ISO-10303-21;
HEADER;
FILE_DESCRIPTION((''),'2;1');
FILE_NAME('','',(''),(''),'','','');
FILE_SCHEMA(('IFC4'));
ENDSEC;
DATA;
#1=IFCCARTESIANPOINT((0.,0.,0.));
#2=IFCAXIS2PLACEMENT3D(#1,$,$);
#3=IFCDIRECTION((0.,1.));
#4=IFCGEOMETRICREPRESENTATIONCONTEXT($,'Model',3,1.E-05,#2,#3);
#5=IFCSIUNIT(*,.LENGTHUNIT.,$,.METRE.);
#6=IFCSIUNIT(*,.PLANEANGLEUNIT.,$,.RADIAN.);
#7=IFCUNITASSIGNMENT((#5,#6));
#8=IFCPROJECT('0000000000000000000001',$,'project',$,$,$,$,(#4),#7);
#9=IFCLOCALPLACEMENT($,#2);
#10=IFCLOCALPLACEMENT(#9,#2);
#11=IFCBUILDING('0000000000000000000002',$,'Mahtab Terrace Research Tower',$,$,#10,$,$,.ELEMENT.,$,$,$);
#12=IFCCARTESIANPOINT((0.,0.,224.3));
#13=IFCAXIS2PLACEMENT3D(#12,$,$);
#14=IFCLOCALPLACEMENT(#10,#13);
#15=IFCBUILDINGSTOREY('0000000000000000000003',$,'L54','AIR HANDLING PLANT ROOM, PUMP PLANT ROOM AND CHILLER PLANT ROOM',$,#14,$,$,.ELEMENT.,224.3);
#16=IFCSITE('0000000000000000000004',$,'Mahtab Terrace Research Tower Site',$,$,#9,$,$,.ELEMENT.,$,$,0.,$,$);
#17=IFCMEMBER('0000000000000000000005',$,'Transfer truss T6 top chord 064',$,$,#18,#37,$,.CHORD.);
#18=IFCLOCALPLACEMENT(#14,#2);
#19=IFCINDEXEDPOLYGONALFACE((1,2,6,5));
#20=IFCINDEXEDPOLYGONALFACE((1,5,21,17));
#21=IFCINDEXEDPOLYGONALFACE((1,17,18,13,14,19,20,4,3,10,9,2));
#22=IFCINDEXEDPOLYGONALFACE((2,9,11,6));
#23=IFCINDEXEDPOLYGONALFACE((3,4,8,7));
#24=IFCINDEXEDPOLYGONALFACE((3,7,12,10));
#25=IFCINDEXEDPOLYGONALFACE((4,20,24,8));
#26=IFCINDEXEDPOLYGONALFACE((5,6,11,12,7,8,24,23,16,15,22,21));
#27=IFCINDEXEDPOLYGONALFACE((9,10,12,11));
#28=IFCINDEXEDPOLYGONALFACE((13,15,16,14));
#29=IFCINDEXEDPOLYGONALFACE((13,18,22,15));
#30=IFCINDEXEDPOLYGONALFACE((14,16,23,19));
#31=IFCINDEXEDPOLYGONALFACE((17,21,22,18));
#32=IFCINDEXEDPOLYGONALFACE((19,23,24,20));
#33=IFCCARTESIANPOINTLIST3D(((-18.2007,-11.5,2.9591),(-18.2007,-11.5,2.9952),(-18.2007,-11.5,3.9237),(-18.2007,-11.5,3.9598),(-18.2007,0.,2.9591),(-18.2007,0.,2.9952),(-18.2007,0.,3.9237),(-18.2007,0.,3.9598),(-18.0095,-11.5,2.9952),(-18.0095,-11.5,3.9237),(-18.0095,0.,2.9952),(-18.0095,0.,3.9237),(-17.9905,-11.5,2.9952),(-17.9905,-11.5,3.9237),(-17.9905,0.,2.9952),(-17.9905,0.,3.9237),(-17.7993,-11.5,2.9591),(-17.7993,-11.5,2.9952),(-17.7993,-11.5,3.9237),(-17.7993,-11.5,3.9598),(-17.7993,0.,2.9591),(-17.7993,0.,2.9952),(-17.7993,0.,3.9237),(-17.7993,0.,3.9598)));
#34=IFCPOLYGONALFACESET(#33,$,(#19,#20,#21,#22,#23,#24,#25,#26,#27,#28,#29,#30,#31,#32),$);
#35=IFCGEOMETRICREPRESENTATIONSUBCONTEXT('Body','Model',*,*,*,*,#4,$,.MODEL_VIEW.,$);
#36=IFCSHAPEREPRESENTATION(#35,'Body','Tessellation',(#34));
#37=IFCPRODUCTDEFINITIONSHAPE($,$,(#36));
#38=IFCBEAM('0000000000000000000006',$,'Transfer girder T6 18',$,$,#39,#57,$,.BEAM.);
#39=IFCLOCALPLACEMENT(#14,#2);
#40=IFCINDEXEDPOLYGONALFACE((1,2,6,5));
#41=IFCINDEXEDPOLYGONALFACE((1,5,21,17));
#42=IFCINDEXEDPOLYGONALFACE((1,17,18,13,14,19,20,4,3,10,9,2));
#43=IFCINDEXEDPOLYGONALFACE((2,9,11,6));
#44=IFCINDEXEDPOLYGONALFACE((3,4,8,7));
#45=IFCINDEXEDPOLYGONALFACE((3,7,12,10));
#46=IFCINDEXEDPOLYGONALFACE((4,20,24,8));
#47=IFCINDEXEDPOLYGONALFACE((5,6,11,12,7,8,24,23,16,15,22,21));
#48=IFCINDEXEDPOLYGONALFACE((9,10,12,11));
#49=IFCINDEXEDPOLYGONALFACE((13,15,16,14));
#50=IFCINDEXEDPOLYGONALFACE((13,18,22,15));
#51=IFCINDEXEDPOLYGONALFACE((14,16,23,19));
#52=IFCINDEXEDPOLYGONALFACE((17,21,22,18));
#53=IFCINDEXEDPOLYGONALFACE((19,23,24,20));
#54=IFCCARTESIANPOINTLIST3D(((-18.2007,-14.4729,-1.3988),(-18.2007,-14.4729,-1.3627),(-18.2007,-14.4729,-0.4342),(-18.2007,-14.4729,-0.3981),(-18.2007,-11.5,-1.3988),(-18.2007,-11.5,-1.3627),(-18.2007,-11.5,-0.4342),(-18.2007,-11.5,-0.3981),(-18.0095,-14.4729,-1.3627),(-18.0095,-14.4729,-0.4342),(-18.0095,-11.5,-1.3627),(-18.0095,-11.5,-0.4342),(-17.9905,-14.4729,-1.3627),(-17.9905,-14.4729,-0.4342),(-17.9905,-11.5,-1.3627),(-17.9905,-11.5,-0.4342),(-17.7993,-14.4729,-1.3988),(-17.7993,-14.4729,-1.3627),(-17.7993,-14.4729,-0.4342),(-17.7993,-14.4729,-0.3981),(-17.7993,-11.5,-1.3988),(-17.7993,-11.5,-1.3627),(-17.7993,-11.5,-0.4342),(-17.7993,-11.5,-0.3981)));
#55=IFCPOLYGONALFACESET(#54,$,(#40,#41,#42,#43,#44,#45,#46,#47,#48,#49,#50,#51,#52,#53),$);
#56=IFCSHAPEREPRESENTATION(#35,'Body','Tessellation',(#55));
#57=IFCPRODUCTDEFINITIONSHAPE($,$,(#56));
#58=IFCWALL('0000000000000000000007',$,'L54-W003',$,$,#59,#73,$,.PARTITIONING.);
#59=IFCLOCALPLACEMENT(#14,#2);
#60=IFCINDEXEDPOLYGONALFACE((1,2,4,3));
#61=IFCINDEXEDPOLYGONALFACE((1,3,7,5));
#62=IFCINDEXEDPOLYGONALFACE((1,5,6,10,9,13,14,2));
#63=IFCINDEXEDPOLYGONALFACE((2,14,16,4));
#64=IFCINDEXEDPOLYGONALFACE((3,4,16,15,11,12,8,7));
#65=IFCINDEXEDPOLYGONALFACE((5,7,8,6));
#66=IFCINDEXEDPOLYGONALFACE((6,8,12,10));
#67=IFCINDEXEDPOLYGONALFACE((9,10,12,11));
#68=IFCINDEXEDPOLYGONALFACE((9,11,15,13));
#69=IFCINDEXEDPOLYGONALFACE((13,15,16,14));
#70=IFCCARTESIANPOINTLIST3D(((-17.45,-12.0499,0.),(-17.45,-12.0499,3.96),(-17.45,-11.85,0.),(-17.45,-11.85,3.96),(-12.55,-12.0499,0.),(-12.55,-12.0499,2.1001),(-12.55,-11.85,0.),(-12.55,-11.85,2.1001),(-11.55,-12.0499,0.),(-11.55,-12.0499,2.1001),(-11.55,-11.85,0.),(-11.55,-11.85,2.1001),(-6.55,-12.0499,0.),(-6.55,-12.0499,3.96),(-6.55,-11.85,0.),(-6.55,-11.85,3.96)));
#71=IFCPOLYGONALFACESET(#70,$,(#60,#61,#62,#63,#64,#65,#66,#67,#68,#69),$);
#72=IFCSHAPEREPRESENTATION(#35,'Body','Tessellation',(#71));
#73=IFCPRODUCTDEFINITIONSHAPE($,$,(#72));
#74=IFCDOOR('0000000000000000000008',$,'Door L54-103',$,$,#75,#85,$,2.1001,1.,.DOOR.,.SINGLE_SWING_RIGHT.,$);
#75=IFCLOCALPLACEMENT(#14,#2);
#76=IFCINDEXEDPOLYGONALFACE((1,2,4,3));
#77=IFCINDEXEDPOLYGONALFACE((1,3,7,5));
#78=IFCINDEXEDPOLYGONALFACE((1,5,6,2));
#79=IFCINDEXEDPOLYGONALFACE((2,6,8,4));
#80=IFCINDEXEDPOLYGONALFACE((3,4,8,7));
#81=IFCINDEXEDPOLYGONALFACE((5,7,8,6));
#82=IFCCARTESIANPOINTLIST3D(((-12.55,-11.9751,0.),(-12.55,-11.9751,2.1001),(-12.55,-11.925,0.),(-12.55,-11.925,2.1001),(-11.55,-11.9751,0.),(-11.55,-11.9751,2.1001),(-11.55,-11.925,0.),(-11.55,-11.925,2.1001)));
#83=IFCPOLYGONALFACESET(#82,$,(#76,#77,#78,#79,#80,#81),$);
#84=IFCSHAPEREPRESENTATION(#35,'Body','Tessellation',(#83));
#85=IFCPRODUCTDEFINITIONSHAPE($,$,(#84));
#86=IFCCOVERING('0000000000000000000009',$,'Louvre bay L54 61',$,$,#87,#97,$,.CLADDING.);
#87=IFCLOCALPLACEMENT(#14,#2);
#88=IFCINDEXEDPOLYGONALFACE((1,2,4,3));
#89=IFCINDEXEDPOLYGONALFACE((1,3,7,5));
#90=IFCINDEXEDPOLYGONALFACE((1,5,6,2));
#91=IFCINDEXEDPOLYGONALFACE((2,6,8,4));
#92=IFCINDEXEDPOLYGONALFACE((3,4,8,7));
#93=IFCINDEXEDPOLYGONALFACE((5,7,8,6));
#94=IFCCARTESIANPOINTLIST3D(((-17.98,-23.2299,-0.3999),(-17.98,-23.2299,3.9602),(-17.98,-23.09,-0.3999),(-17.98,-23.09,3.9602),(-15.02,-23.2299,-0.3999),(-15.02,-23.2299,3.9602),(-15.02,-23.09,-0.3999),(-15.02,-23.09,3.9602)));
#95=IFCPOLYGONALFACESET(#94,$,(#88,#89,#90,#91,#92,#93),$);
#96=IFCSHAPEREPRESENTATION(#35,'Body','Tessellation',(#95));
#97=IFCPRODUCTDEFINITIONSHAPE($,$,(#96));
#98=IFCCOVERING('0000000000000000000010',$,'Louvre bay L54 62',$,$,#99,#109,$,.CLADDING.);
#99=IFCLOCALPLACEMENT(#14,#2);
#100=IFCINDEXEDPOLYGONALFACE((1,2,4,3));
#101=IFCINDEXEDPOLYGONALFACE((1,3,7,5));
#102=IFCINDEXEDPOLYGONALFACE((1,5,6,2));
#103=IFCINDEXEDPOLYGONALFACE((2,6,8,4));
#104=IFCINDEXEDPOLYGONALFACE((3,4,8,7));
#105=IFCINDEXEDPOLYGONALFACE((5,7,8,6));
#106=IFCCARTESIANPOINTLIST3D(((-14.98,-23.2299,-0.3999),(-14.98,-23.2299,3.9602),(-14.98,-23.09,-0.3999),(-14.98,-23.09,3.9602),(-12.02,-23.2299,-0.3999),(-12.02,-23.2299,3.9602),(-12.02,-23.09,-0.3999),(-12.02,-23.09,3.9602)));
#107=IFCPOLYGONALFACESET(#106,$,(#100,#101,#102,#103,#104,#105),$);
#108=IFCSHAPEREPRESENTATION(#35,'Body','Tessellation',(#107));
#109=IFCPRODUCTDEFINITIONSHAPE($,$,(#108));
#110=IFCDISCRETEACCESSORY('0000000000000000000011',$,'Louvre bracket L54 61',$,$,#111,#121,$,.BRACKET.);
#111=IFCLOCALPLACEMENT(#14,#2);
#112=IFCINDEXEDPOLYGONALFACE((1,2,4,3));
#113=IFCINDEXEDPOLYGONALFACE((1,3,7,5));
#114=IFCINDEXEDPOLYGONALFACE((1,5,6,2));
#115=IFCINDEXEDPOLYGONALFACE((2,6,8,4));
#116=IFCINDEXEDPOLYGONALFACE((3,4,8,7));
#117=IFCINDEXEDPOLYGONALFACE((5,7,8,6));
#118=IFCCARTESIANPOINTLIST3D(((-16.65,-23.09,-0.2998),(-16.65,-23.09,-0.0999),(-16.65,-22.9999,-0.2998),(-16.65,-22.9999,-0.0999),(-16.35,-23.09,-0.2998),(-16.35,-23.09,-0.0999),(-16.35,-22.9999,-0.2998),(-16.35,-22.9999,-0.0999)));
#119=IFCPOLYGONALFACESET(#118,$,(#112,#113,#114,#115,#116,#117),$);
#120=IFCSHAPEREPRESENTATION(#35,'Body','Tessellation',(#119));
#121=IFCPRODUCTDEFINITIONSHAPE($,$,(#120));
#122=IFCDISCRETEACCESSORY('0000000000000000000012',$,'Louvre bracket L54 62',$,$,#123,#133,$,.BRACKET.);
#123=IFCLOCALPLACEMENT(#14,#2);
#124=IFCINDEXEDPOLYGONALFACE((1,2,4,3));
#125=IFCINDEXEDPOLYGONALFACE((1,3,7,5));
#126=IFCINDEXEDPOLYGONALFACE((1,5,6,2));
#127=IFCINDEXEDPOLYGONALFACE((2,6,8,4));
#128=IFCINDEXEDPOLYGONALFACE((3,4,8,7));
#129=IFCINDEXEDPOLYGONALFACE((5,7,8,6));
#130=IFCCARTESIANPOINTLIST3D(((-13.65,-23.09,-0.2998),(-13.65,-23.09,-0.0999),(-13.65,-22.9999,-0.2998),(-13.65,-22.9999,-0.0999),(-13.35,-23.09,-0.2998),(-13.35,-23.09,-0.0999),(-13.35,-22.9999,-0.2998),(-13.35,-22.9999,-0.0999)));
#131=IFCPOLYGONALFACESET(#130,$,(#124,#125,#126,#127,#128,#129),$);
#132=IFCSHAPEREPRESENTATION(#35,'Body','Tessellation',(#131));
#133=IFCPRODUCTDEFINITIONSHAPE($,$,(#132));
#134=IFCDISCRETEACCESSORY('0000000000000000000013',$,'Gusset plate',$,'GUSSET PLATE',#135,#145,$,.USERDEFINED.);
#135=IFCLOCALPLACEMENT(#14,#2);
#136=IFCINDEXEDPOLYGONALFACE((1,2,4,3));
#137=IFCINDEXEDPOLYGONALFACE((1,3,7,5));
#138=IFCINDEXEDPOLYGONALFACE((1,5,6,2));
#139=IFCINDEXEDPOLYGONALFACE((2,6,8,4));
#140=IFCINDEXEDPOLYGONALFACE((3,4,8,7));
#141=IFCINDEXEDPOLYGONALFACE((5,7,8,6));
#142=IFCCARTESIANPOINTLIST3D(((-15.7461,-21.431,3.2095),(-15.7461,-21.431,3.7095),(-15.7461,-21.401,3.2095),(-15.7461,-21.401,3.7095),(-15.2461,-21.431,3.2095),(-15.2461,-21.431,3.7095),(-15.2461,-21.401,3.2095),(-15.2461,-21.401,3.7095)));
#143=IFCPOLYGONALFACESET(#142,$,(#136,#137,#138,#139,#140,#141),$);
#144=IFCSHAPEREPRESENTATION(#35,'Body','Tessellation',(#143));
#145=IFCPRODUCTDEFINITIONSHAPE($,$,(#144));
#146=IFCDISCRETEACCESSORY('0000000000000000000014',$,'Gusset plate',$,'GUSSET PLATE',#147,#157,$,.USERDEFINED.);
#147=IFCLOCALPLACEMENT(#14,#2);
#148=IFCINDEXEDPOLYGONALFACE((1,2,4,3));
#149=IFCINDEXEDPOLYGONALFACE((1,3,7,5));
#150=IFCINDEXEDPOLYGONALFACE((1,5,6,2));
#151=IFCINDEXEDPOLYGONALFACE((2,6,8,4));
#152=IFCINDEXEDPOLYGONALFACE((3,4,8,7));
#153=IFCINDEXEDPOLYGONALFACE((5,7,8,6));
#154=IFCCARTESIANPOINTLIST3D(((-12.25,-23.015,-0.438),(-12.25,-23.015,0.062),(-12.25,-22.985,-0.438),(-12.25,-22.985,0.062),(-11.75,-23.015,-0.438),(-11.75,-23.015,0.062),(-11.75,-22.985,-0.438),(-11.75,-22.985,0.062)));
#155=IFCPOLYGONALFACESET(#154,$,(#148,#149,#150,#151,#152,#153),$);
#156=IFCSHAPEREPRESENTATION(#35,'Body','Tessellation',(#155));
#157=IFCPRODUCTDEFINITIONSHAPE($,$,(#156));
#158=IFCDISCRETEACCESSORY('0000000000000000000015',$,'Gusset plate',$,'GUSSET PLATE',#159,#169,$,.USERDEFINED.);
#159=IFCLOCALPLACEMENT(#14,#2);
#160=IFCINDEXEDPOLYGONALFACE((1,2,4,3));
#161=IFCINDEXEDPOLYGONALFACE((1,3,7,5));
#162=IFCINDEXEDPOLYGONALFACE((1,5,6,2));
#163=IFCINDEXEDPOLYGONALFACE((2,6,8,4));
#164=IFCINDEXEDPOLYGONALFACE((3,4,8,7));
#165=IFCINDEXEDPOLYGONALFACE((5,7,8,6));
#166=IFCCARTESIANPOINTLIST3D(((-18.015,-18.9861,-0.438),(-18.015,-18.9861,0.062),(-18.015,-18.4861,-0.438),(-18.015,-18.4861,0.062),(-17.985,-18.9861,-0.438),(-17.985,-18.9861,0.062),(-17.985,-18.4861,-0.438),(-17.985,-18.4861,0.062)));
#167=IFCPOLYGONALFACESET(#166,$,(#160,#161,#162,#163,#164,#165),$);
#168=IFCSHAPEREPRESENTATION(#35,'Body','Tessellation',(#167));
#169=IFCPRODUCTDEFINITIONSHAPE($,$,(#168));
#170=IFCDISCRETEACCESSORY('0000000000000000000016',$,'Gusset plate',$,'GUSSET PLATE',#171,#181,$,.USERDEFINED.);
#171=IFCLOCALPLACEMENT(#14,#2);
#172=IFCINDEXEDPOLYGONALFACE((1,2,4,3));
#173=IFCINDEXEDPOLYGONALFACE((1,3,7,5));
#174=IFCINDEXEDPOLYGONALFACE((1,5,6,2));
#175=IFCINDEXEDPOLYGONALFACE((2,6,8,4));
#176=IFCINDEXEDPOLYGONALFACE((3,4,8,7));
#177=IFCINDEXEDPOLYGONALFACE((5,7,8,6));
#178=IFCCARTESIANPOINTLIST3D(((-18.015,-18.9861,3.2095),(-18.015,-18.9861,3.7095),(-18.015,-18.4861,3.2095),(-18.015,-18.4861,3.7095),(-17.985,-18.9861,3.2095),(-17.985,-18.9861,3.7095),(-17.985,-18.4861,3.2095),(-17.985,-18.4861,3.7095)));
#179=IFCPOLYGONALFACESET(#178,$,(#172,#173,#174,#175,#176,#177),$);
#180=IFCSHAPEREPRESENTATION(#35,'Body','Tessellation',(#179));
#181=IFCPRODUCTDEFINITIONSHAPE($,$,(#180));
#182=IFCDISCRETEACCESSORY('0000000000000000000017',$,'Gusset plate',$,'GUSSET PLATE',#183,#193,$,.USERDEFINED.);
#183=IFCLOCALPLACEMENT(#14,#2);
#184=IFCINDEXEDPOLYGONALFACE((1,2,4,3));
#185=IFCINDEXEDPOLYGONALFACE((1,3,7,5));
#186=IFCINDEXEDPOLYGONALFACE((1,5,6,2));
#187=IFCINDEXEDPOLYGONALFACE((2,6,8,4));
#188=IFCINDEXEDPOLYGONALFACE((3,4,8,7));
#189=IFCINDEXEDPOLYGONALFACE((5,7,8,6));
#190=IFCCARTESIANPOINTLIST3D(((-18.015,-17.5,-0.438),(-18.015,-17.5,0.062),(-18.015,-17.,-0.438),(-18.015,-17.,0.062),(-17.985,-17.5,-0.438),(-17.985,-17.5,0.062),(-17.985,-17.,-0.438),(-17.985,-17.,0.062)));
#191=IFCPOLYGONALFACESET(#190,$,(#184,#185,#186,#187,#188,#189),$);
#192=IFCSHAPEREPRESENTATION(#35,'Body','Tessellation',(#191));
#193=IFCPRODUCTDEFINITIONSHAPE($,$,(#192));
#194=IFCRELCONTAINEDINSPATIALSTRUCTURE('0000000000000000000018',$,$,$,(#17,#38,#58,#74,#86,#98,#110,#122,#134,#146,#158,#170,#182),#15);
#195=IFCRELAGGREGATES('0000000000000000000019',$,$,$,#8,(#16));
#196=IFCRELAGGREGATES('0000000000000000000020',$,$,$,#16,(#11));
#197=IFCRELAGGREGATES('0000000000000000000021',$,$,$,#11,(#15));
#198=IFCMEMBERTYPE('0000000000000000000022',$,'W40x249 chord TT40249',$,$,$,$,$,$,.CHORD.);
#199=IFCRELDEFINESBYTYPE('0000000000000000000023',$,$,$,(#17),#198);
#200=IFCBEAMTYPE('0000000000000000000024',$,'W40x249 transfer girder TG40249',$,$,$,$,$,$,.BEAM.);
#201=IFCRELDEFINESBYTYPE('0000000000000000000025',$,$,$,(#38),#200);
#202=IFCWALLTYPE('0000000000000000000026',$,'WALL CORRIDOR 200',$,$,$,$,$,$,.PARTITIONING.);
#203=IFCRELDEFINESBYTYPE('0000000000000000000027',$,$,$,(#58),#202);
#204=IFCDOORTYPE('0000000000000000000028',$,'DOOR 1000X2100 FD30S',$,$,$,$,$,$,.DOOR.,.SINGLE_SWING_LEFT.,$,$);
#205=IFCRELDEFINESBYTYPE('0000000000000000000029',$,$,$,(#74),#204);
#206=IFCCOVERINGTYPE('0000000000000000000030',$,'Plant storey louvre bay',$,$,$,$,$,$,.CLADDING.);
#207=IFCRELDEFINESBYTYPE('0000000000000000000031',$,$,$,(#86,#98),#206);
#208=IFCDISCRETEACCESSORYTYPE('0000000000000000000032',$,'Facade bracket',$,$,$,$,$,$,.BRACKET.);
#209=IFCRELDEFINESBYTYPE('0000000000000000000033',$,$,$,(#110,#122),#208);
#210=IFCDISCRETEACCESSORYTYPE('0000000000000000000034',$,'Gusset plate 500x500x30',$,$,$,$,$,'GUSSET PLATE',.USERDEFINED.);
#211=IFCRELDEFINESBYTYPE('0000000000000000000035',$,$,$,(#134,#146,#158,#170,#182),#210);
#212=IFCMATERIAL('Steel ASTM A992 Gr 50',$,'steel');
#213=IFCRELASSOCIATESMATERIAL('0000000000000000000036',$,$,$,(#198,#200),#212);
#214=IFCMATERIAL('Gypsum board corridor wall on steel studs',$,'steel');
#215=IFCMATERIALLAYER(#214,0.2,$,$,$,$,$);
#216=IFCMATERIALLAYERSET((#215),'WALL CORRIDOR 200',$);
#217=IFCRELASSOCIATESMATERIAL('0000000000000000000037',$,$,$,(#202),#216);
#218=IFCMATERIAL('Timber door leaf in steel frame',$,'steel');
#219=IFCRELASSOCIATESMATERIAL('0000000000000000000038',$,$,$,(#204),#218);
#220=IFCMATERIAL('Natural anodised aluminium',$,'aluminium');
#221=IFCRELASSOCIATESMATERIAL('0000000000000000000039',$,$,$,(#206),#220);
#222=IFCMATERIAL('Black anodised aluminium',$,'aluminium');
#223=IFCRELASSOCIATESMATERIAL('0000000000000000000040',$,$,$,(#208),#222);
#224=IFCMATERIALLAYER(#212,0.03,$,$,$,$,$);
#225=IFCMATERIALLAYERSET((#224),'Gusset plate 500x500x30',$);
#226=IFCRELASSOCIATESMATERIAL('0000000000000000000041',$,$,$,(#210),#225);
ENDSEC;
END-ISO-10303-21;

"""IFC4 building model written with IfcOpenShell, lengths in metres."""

from ifc_helpers import new_model, si_unit, direction, frame, frame_2d, origin, origin_2d, place, context, subcontext, project, spatial, rectangle, i_section, extrude, material, layer, layer_set, material_profile, profile_set, type_object, element, fill, save


model = new_model("IFC4")

# Units and contexts
model_context = context("Model", 3, precision=1e-05, world=origin(), true_north=direction((0.0, 1.0)))
body_context = subcontext(model_context, "Body", "Model", "MODEL_VIEW")
ifc_project = project(units=[si_unit("LENGTHUNIT", "METRE"), si_unit("PLANEANGLEUNIT", "RADIAN")], contexts=[model_context])

# Site, building, storey
site_placement = place(None, origin())
site = spatial("IfcSite", under=ifc_project, at=site_placement, Name="Mahtab Terrace Research Tower Site", CompositionType="ELEMENT", RefElevation=0.0)
building_placement = place(site_placement, origin())
building = spatial("IfcBuilding", under=site, at=building_placement, Name="Mahtab Terrace Research Tower", CompositionType="ELEMENT")
storey_placement = place(building_placement, frame((0.0, 0.0, 224.3)))
storey = spatial("IfcBuildingStorey", under=building, at=storey_placement, Name="L54", Description="AIR HANDLING PLANT ROOM, PUMP PLANT ROOM AND CHILLER PLANT ROOM", CompositionType="ELEMENT", Elevation=224.3)

# Shared definitions
ifc_material_1 = material(Name="Steel ASTM A992 Gr 50", Category="steel")

# Member
ifc_material_profile_1 = material_profile(ifc_material_1, i_section(OverallWidth=0.4014, OverallDepth=1.0007, WebThickness=0.019, FlangeThickness=0.0361, at=origin_2d()), Name="W40X249")
ifc_profile_set_1 = profile_set([ifc_material_profile_1], Name="Steel ASTM A992 Gr 50")
member_type_1 = type_object("IfcMemberType", Name="W40x249 chord TT40249", PredefinedType="CHORD", material=ifc_profile_set_1)
member_1_placement = place(storey_placement, frame((-18.0, -11.5, 3.4595), z_axis=(0.0, 1.0, 0.0), x_axis=(-1.0, 0.0, 0.0)))
element("IfcMember", 1, at=member_1_placement, inside=storey, type_object=member_type_1, Name="Transfer truss T6 top chord 064", PredefinedType="CHORD", context=body_context, shape_type="SweptSolid", body=[
    extrude(i_section(OverallWidth=0.4014, OverallDepth=1.0007, WebThickness=0.019, FlangeThickness=0.0361, at=origin_2d()), origin(), (0.0, 0.0, 1.0), 11.5),
])

# Beam
ifc_material_profile_2 = material_profile(ifc_material_1, i_section(OverallWidth=0.4014, OverallDepth=1.0007, WebThickness=0.019, FlangeThickness=0.0361, at=origin_2d()), Name="W40X249")
ifc_profile_set_2 = profile_set([ifc_material_profile_2], Name="Steel ASTM A992 Gr 50")
beam_type = type_object("IfcBeamType", Name="W40x249 transfer girder TG40249", PredefinedType="BEAM", material=ifc_profile_set_2)
beam_placement = place(storey_placement, frame((-18.0, -14.4729, -0.8984), z_axis=(0.0, 1.0, 0.0), x_axis=(-1.0, 0.0, 0.0)))
element("IfcBeam", 2, at=beam_placement, inside=storey, type_object=beam_type, Name="Transfer girder T6 18", PredefinedType="BEAM", context=body_context, shape_type="SweptSolid", body=[
    extrude(i_section(OverallWidth=0.4014, OverallDepth=1.0007, WebThickness=0.019, FlangeThickness=0.0361, at=origin_2d()), origin(), (0.0, 0.0, 1.0), 2.9729),
])

# Wall, opening, door
ifc_material_2 = material(Name="Gypsum board corridor wall on steel studs", Category="steel")
ifc_layer_1 = layer(ifc_material_2, 0.2)
ifc_layer_set_1 = layer_set([ifc_layer_1], Name="WALL CORRIDOR 200")
wall_type = type_object("IfcWallType", Name="WALL CORRIDOR 200", PredefinedType="PARTITIONING", material=ifc_layer_set_1)
wall_placement = place(storey_placement, frame((-17.45, -11.95, 0.0), z_axis=(0.0, 0.0, 1.0), x_axis=(1.0, 0.0, 0.0)))
wall = element("IfcWall", 3, at=wall_placement, inside=storey, type_object=wall_type, Name="L54-W003", PredefinedType="PARTITIONING", context=body_context, shape_type="SweptSolid", body=[
    extrude(rectangle(XDim=10.8999, YDim=0.2, at=frame_2d((5.45, 0.0))), origin(), (0.0, 0.0, 1.0), 3.96),
])
opening_placement = place(wall_placement, frame((4.8999, 0.0, 0.0)))
opening = element("IfcOpeningElement", 4, at=opening_placement, cuts=wall, PredefinedType="OPENING", context=body_context, shape_type="SweptSolid", body=[
    extrude(rectangle(XDim=1.0, YDim=2.1001, at=frame_2d((0.5, 1.05))), frame((0.0, 0.1099, 0.0), z_axis=(0.0, -1.0, 0.0), x_axis=(1.0, 0.0, 0.0)), (0.0, 0.0, 1.0), 0.22),
])
ifc_material_3 = material(Name="Timber door leaf in steel frame", Category="steel")
door_type = type_object("IfcDoorType", Name="DOOR 1000X2100 FD30S", OperationType="SINGLE_SWING_LEFT", PredefinedType="DOOR", material=ifc_material_3)
door_placement = place(opening_placement, origin())
door = element("IfcDoor", 5, at=door_placement, inside=storey, type_object=door_type, Name="Door L54-103", OperationType="SINGLE_SWING_RIGHT", OverallHeight=2.1001, OverallWidth=1.0, PredefinedType="DOOR", context=body_context, shape_type="SweptSolid", body=[
    extrude(rectangle(XDim=1.0, YDim=2.1001, at=frame_2d((0.5, 1.05))), frame((0.0, 0.0249, 0.0), z_axis=(0.0, -1.0, 0.0), x_axis=(1.0, 0.0, 0.0)), (0.0, 0.0, 1.0), 0.05),
])
fill(opening, door)

# Coverings
ifc_material_4 = material(Name="Natural anodised aluminium", Category="aluminium")
covering_type = type_object("IfcCoveringType", Name="Plant storey louvre bay", PredefinedType="CLADDING", material=ifc_material_4)
for number, where, z_axis, x_axis, name in (
    (6, (-16.5, -23.1599, -0.3999), (0.0, 0.0, 1.0), (1.0, 0.0, 0.0), "Louvre bay L54 61"),
    (7, (-13.5, -23.1599, -0.3999), (0.0, 0.0, 1.0), (1.0, 0.0, 0.0), "Louvre bay L54 62"),
):
    element("IfcCovering", number, at=place(storey_placement, frame(where, z_axis=z_axis, x_axis=x_axis)), inside=storey, type_object=covering_type, Name=name, PredefinedType="CLADDING", context=body_context, shape_type="SweptSolid", body=[
        extrude(rectangle(XDim=2.96, YDim=0.1399, at=origin_2d()), origin(), (0.0, 0.0, 1.0), 4.3601),
    ])

# Discrete accessories
ifc_material_5 = material(Name="Black anodised aluminium", Category="aluminium")
discrete_accessory_type_1 = type_object("IfcDiscreteAccessoryType", Name="Facade bracket", PredefinedType="BRACKET", material=ifc_material_5)
for number, where, z_axis, x_axis, name in (
    (8, (-16.5, -23.0449, -0.2998), (0.0, 0.0, 1.0), (1.0, 0.0, 0.0), "Louvre bracket L54 61"),
    (9, (-13.5, -23.0449, -0.2998), (0.0, 0.0, 1.0), (1.0, 0.0, 0.0), "Louvre bracket L54 62"),
):
    element("IfcDiscreteAccessory", number, at=place(storey_placement, frame(where, z_axis=z_axis, x_axis=x_axis)), inside=storey, type_object=discrete_accessory_type_1, Name=name, PredefinedType="BRACKET", context=body_context, shape_type="SweptSolid", body=[
        extrude(rectangle(XDim=0.3, YDim=0.0901, at=origin_2d()), origin(), (0.0, 0.0, 1.0), 0.2),
    ])
ifc_layer_2 = layer(ifc_material_1, 0.03)
ifc_layer_set_2 = layer_set([ifc_layer_2], Name="Gusset plate 500x500x30")
discrete_accessory_type_2 = type_object("IfcDiscreteAccessoryType", Name="Gusset plate 500x500x30", ElementType="GUSSET PLATE", PredefinedType="USERDEFINED", material=ifc_layer_set_2)
for number, where, z_axis, x_axis, name in (
    (10, (-15.4961, -21.416, 3.2095), (0.0, 0.0, 1.0), (1.0, 0.0, 0.0), "Gusset plate"),
    (11, (-12.0, -23.0, -0.438), (0.0, 0.0, 1.0), (1.0, 0.0, 0.0), "Gusset plate"),
    (12, (-18.0, -18.7361, -0.438), (0.0, 0.0, 1.0), (0.0, 1.0, 0.0), "Gusset plate"),
    (13, (-18.0, -18.7361, 3.2095), (0.0, 0.0, 1.0), (0.0, 1.0, 0.0), "Gusset plate"),
    (14, (-18.0, -17.25, -0.438), (0.0, 0.0, 1.0), (0.0, 1.0, 0.0), "Gusset plate"),
):
    element("IfcDiscreteAccessory", number, at=place(storey_placement, frame(where, z_axis=z_axis, x_axis=x_axis)), inside=storey, type_object=discrete_accessory_type_2, Name=name, ObjectType="GUSSET PLATE", PredefinedType="USERDEFINED", context=body_context, shape_type="SweptSolid", body=[
        extrude(rectangle(XDim=0.5, YDim=0.03, at=origin_2d()), origin(), (0.0, 0.0, 1.0), 0.5),
    ])

save(model, "model.ifc")
